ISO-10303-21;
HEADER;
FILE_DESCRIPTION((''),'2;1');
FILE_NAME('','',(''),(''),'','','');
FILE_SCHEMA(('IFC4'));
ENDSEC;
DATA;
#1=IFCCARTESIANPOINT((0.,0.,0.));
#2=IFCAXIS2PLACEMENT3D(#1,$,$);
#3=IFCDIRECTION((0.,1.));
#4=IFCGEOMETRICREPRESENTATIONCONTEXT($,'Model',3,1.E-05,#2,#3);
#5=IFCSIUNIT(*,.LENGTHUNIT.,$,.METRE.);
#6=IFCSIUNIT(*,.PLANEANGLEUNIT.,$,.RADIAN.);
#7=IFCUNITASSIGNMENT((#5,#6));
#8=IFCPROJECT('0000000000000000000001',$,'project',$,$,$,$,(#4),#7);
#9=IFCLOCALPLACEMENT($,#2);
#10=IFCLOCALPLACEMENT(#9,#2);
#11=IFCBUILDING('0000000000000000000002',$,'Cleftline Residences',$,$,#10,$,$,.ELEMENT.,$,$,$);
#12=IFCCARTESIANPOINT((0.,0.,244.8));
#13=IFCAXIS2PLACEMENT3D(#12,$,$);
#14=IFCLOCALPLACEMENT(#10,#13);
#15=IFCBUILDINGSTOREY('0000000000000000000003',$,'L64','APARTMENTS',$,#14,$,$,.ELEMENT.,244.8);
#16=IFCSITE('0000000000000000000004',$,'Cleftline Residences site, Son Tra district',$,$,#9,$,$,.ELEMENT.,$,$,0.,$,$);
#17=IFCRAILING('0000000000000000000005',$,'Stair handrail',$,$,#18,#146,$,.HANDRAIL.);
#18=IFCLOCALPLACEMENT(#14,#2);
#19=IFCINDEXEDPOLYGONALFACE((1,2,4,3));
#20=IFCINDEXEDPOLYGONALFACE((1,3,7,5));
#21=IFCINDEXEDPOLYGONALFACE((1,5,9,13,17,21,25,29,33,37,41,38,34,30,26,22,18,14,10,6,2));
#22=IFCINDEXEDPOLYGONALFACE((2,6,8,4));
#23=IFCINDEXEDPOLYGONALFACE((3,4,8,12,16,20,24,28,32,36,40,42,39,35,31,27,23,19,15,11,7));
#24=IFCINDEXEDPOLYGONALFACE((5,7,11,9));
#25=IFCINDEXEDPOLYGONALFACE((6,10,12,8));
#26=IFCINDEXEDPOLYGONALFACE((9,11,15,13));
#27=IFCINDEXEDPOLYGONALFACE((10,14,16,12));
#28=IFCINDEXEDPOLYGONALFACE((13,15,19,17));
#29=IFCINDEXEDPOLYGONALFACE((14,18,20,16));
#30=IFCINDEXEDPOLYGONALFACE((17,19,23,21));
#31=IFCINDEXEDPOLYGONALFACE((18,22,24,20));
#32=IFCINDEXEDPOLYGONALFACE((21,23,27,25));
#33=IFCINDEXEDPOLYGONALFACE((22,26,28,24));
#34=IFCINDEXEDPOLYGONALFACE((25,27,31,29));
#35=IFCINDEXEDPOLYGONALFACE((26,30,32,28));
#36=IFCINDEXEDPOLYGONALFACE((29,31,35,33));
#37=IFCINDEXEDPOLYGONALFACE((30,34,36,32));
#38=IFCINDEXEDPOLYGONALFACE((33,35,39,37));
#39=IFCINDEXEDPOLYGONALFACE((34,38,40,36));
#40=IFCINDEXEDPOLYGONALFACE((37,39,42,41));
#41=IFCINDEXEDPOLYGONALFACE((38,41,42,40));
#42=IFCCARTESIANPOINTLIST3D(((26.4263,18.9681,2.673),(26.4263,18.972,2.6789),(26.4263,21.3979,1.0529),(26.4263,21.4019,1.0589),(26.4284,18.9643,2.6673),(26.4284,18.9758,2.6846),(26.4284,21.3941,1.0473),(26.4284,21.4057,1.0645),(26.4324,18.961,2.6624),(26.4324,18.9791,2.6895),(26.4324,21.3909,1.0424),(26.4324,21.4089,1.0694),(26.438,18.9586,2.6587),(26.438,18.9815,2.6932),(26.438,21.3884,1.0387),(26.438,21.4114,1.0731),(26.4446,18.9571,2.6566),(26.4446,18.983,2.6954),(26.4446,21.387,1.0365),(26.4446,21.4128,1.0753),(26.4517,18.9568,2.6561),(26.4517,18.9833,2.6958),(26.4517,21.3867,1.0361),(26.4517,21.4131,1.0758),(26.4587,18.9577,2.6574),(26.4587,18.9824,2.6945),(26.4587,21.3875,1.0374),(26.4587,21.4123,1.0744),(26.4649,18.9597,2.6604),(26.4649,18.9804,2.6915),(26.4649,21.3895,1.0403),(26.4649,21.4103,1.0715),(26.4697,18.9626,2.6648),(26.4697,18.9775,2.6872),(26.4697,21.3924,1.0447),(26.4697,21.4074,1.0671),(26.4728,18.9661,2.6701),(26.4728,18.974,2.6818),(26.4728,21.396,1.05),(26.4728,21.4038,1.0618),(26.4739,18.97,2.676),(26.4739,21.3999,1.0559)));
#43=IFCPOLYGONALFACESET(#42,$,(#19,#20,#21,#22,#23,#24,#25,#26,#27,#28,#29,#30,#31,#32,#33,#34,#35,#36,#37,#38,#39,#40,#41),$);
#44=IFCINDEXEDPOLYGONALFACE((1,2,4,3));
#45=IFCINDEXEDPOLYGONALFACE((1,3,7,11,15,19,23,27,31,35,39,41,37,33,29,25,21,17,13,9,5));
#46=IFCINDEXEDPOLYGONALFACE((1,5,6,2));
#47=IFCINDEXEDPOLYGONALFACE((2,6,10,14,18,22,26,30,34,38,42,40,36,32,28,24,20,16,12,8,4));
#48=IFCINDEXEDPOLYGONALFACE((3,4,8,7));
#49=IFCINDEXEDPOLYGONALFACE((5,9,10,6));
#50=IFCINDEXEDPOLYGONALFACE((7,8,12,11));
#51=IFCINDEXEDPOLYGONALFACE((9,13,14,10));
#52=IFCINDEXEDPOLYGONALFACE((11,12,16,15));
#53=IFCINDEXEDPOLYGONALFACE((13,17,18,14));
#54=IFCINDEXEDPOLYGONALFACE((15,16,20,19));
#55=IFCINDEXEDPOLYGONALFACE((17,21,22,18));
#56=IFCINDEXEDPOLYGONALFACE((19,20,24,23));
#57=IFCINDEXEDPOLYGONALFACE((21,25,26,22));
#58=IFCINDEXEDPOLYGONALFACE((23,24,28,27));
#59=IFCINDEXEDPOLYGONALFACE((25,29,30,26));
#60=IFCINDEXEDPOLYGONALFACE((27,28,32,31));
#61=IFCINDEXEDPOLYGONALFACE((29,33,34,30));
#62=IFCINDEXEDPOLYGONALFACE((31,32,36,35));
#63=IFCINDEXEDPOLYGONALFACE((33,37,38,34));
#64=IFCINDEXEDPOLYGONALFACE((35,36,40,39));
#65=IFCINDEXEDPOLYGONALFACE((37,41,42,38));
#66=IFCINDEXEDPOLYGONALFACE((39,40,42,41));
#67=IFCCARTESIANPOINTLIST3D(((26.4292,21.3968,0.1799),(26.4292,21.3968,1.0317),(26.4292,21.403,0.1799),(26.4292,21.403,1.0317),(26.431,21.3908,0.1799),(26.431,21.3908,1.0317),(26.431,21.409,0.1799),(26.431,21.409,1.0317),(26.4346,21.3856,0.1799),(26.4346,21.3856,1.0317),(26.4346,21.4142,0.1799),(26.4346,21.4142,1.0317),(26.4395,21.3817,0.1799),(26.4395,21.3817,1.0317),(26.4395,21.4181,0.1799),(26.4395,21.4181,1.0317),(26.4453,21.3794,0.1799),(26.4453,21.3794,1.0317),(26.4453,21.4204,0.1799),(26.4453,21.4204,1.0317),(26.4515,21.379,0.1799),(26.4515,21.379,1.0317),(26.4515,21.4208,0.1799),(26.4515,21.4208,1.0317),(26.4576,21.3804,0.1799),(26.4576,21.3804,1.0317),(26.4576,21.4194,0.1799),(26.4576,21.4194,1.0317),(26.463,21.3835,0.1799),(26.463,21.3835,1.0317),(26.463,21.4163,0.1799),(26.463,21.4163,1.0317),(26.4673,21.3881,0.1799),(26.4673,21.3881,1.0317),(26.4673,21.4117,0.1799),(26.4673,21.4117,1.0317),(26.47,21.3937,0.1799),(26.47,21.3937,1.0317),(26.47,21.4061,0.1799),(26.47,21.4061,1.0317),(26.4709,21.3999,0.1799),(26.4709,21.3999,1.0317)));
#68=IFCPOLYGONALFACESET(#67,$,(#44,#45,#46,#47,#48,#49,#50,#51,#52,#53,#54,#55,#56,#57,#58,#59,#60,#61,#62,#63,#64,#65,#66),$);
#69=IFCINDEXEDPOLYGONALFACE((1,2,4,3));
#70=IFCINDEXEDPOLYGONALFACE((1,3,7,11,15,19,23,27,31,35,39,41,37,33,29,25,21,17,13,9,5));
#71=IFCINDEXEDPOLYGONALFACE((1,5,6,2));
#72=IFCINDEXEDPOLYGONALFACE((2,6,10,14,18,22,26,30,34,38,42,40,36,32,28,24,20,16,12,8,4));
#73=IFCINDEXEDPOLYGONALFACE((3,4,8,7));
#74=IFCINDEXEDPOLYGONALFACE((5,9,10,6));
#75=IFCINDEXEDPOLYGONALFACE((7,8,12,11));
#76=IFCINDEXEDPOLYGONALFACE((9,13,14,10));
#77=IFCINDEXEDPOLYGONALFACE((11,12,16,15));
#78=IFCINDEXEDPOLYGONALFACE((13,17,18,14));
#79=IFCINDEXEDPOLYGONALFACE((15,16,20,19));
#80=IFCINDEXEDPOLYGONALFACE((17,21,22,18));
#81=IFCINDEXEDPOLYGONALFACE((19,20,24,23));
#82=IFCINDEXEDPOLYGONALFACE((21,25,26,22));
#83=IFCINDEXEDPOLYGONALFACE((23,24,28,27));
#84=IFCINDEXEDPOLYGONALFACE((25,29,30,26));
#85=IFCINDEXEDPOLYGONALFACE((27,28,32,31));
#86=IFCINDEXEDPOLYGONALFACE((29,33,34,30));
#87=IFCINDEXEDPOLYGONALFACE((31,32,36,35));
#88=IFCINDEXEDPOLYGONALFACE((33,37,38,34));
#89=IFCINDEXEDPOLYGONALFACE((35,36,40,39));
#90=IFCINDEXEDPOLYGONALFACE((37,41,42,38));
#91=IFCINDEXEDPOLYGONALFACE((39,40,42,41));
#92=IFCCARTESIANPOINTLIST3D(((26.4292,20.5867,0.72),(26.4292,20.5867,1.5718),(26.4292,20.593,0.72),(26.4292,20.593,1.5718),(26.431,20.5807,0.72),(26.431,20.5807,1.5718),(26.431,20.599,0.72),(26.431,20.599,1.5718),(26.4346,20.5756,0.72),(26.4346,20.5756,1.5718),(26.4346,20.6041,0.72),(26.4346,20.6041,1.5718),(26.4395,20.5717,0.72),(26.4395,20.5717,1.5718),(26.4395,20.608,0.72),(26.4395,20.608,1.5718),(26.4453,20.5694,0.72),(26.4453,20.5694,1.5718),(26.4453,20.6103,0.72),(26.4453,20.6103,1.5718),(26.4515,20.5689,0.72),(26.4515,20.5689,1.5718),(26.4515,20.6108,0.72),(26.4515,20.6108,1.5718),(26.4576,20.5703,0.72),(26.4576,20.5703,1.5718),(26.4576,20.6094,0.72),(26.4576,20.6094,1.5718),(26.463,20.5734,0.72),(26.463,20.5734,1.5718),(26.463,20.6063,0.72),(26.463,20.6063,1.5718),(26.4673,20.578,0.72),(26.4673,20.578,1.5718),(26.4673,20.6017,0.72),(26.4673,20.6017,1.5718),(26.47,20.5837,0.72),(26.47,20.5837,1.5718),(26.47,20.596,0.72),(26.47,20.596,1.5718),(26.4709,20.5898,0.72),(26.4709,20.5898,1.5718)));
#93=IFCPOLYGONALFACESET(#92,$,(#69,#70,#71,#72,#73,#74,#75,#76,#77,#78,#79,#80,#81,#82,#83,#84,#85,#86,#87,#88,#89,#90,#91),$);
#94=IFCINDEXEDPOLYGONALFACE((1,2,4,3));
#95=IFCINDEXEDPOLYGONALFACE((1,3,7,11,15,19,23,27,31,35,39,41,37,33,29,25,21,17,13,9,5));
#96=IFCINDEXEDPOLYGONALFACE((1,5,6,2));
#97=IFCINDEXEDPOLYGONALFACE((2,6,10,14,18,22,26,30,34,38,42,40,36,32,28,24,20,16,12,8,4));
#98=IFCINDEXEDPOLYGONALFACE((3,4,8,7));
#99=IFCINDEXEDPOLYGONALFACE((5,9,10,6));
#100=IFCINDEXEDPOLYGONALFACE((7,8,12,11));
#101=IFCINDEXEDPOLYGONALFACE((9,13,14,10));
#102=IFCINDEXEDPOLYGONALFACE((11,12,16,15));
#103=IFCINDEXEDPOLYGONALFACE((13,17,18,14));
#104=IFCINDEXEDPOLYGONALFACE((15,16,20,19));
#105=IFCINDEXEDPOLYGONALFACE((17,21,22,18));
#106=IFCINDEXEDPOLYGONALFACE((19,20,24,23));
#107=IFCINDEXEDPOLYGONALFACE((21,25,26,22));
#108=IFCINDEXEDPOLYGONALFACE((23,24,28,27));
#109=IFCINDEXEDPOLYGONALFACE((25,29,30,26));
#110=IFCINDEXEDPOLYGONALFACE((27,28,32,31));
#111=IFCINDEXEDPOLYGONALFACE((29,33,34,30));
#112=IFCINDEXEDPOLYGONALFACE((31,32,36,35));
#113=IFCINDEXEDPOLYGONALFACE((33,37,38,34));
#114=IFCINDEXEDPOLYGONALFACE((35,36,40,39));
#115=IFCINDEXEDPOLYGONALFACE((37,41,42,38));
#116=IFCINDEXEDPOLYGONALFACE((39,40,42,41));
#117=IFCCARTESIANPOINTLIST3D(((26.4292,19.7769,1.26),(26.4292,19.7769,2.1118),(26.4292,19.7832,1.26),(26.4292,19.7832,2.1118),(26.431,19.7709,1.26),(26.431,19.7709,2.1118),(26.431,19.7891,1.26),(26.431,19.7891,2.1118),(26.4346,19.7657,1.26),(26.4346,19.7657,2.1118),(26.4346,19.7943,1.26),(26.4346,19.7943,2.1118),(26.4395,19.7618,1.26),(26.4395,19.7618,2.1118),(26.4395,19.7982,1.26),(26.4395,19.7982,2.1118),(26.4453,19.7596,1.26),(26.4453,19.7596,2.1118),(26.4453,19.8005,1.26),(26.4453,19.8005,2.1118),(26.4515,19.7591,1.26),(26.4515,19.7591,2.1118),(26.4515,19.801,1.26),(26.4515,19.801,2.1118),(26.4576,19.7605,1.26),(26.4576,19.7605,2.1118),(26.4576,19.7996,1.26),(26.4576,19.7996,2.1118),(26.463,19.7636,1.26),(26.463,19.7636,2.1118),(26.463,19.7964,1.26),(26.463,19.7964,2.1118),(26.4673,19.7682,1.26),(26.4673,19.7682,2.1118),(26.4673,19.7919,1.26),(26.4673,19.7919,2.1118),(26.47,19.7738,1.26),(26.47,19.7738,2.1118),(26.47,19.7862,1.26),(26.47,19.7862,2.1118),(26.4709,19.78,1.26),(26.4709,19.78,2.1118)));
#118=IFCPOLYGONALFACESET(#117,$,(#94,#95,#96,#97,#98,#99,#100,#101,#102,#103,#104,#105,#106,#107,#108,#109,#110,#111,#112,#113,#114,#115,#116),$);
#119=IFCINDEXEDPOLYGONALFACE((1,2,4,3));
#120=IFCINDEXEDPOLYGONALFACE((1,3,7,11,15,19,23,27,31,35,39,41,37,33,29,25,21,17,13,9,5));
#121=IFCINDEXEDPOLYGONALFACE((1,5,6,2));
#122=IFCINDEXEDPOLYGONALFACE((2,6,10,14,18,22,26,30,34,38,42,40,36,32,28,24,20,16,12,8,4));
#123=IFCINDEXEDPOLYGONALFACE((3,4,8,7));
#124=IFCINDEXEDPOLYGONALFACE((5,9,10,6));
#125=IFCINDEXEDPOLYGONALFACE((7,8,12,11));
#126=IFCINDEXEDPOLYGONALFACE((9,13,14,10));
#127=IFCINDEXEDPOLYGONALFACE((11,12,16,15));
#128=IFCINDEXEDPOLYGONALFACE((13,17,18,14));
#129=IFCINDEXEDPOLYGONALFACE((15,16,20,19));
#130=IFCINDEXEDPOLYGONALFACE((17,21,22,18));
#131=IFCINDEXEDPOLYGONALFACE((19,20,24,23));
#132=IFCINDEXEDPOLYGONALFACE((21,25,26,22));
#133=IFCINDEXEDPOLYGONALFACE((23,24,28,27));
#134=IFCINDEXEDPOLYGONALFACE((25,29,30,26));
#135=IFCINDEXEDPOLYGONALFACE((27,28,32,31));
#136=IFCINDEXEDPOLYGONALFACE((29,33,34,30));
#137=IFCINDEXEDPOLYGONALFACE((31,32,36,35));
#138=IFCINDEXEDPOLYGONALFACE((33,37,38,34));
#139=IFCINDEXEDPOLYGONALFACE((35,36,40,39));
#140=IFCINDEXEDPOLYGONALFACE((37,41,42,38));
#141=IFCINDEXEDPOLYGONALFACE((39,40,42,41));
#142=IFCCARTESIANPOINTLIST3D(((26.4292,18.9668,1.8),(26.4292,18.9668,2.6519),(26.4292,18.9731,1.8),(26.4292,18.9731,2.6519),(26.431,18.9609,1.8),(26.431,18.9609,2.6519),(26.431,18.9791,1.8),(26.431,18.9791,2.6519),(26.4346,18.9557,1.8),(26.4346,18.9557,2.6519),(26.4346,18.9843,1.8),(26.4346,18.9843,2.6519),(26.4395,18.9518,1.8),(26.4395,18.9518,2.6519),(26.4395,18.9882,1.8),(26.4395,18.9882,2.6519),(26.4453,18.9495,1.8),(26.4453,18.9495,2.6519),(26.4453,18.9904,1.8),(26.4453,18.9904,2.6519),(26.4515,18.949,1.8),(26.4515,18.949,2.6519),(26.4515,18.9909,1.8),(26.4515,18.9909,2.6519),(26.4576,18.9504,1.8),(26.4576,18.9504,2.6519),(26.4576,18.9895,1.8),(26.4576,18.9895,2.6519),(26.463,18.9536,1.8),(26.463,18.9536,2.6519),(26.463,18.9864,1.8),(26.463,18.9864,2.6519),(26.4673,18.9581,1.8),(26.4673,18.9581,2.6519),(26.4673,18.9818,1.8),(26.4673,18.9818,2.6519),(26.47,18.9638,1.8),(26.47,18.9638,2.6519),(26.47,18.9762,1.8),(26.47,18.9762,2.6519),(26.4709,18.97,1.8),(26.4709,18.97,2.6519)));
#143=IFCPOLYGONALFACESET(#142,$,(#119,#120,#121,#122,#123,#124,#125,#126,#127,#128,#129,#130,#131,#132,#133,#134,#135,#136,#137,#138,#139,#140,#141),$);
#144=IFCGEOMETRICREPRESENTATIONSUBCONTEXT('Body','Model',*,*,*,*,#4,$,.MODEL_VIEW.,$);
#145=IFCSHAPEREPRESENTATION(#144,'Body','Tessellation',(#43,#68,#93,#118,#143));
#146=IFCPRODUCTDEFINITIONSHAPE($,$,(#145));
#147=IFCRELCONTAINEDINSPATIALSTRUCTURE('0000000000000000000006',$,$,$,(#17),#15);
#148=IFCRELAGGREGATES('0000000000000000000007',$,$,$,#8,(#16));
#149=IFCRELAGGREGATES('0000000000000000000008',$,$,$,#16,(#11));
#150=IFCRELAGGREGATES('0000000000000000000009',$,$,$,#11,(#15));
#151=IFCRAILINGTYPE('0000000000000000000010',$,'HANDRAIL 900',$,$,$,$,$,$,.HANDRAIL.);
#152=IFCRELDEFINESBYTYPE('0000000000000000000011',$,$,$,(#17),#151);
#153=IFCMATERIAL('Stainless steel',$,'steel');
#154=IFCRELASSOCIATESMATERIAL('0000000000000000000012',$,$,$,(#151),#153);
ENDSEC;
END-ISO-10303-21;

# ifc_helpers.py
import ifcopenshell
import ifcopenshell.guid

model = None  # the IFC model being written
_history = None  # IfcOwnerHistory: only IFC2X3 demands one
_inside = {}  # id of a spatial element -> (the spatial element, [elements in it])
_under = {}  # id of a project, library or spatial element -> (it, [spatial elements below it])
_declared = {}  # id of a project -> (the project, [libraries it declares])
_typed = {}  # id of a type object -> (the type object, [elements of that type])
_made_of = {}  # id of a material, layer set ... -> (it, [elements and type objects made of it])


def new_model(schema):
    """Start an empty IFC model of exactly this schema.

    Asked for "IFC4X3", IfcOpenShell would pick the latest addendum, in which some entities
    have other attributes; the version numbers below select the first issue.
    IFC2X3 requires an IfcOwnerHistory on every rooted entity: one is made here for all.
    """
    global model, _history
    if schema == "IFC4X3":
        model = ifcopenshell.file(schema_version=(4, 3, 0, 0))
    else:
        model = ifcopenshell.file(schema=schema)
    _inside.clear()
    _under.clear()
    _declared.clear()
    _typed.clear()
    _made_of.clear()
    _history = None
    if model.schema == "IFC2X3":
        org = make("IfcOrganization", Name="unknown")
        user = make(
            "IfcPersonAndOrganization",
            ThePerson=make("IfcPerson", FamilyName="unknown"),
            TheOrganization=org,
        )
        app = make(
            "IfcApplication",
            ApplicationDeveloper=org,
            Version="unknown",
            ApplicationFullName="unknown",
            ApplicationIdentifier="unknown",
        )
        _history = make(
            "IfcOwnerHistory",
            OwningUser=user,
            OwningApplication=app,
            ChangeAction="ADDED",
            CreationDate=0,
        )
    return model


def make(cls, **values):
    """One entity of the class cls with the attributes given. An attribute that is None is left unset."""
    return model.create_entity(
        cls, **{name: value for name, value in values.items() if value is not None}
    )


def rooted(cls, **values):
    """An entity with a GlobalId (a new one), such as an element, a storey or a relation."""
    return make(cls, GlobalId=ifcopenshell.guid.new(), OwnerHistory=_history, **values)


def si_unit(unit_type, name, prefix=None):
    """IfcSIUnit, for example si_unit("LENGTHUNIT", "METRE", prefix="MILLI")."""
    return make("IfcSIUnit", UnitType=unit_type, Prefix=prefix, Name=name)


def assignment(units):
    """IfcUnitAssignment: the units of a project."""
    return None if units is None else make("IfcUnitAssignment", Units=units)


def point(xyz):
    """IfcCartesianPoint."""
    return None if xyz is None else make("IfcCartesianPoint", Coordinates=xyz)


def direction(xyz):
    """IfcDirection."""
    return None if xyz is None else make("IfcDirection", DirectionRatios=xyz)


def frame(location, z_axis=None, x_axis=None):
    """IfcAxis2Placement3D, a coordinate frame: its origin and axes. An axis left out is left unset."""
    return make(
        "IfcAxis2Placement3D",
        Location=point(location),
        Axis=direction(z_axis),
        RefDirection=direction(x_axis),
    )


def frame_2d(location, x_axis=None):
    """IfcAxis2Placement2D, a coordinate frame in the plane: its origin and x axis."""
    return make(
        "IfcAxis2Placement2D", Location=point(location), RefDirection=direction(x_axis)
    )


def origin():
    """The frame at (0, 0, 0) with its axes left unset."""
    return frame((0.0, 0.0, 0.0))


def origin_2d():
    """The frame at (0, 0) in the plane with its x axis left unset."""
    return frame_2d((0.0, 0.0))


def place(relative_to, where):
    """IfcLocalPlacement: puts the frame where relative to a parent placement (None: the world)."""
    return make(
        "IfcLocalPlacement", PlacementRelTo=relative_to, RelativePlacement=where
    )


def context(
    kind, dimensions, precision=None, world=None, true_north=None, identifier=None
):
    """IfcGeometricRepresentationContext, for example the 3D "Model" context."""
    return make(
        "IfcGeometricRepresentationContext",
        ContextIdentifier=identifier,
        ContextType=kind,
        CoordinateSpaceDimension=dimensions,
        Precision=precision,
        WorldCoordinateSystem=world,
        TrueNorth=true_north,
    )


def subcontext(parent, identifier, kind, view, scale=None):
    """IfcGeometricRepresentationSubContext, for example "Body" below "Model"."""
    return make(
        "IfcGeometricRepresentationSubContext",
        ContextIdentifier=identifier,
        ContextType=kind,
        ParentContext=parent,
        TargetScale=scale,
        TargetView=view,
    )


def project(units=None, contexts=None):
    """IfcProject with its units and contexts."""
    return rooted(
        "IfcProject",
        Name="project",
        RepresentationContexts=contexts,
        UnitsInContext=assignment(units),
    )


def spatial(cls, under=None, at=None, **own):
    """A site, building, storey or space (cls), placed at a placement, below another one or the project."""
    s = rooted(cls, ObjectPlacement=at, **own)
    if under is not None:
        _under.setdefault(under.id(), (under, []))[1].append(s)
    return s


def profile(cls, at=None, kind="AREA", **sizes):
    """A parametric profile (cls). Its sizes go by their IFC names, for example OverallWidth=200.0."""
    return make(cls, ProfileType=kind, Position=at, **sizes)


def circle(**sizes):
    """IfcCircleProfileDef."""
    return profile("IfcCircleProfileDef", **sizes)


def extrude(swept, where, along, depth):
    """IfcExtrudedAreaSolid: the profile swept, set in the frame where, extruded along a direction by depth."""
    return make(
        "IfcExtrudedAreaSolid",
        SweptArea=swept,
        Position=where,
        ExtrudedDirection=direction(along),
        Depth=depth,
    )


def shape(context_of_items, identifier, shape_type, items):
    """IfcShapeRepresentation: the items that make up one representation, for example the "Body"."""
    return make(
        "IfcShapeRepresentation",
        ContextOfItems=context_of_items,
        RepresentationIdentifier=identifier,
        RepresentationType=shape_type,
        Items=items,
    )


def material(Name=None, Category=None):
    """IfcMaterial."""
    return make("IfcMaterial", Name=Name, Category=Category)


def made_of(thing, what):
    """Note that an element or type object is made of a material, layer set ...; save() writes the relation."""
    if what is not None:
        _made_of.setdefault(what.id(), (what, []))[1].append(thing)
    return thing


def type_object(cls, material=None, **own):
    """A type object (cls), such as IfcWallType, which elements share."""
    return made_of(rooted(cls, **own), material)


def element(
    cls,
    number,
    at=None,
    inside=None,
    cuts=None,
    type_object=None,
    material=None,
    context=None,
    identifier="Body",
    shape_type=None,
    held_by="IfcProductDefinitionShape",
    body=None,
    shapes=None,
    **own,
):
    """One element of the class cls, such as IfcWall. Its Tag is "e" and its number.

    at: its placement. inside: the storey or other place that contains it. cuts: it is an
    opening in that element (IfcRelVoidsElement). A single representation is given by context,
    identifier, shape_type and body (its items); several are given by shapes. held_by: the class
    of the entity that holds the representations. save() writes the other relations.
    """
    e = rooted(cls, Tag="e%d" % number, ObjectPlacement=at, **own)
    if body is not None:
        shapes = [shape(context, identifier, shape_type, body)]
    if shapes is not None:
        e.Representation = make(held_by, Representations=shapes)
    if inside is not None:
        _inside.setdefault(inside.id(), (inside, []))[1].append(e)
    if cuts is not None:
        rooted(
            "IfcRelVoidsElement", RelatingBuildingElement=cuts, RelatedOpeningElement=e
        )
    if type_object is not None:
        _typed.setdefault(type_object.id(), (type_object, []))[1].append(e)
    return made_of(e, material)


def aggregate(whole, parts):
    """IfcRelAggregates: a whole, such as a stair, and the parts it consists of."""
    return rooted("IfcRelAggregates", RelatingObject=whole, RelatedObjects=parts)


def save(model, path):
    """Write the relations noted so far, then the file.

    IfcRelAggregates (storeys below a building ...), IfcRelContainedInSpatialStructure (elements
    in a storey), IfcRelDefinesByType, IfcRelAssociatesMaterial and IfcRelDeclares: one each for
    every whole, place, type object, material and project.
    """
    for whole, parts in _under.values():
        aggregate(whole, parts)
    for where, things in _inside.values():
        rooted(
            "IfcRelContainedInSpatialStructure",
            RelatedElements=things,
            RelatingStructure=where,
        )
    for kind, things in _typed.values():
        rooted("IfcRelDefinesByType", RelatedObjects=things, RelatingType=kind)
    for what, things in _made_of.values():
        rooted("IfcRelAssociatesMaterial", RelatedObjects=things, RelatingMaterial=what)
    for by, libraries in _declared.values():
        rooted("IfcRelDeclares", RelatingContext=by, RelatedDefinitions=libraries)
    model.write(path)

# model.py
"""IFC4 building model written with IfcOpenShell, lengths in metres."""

from ifc_helpers import new_model, si_unit, direction, frame, origin, origin_2d, place, context, subcontext, project, spatial, circle, extrude, material, type_object, element, save


model = new_model("IFC4")

# Units and contexts
model_context = context("Model", 3, precision=1e-05, world=origin(), true_north=direction((0.0, 1.0)))
body_context = subcontext(model_context, "Body", "Model", "MODEL_VIEW")
ifc_project = project(units=[si_unit("LENGTHUNIT", "METRE"), si_unit("PLANEANGLEUNIT", "RADIAN")], contexts=[model_context])

# Site, building, storey
site_placement = place(None, origin())
site = spatial("IfcSite", under=ifc_project, at=site_placement, Name="Cleftline Residences site, Son Tra district", CompositionType="ELEMENT", RefElevation=0.0)
building_placement = place(site_placement, origin())
building = spatial("IfcBuilding", under=site, at=building_placement, Name="Cleftline Residences", CompositionType="ELEMENT")
storey_placement = place(building_placement, frame((0.0, 0.0, 244.8)))
storey = spatial("IfcBuildingStorey", under=building, at=storey_placement, Name="L64", Description="APARTMENTS", CompositionType="ELEMENT", Elevation=244.8)

# Railing
ifc_material_1 = material(Name="Stainless steel", Category="steel")
railing_type = type_object("IfcRailingType", Name="HANDRAIL 900", PredefinedType="HANDRAIL", material=ifc_material_1)
railing_1_placement = place(storey_placement, frame((26.45, 21.3999, 0.1799)))
element("IfcRailing", 1, at=railing_1_placement, inside=storey, type_object=railing_type, Name="Stair handrail", PredefinedType="HANDRAIL", context=body_context, shape_type="SweptSolid", body=[
    extrude(circle(Radius=0.0239, at=origin_2d()), frame((0.0, 0.0, 0.876), z_axis=(0.0, -0.832025, 0.554739), x_axis=(1.0, 0.0, 0.0)), (0.0, 0.0, 1.0), 2.9204),
    extrude(circle(Radius=0.021, at=origin_2d()), origin(), (0.0, 0.0, 1.0), 0.8518),
    extrude(circle(Radius=0.021, at=origin_2d()), frame((0.0, -0.8101, 0.54)), (0.0, 0.0, 1.0), 0.8518),
    extrude(circle(Radius=0.021, at=origin_2d()), frame((0.0, -1.6199, 1.0801)), (0.0, 0.0, 1.0), 0.8518),
    extrude(circle(Radius=0.021, at=origin_2d()), frame((0.0, -2.4299, 1.6201)), (0.0, 0.0, 1.0), 0.8518),
])

save(model, "model.ifc")
